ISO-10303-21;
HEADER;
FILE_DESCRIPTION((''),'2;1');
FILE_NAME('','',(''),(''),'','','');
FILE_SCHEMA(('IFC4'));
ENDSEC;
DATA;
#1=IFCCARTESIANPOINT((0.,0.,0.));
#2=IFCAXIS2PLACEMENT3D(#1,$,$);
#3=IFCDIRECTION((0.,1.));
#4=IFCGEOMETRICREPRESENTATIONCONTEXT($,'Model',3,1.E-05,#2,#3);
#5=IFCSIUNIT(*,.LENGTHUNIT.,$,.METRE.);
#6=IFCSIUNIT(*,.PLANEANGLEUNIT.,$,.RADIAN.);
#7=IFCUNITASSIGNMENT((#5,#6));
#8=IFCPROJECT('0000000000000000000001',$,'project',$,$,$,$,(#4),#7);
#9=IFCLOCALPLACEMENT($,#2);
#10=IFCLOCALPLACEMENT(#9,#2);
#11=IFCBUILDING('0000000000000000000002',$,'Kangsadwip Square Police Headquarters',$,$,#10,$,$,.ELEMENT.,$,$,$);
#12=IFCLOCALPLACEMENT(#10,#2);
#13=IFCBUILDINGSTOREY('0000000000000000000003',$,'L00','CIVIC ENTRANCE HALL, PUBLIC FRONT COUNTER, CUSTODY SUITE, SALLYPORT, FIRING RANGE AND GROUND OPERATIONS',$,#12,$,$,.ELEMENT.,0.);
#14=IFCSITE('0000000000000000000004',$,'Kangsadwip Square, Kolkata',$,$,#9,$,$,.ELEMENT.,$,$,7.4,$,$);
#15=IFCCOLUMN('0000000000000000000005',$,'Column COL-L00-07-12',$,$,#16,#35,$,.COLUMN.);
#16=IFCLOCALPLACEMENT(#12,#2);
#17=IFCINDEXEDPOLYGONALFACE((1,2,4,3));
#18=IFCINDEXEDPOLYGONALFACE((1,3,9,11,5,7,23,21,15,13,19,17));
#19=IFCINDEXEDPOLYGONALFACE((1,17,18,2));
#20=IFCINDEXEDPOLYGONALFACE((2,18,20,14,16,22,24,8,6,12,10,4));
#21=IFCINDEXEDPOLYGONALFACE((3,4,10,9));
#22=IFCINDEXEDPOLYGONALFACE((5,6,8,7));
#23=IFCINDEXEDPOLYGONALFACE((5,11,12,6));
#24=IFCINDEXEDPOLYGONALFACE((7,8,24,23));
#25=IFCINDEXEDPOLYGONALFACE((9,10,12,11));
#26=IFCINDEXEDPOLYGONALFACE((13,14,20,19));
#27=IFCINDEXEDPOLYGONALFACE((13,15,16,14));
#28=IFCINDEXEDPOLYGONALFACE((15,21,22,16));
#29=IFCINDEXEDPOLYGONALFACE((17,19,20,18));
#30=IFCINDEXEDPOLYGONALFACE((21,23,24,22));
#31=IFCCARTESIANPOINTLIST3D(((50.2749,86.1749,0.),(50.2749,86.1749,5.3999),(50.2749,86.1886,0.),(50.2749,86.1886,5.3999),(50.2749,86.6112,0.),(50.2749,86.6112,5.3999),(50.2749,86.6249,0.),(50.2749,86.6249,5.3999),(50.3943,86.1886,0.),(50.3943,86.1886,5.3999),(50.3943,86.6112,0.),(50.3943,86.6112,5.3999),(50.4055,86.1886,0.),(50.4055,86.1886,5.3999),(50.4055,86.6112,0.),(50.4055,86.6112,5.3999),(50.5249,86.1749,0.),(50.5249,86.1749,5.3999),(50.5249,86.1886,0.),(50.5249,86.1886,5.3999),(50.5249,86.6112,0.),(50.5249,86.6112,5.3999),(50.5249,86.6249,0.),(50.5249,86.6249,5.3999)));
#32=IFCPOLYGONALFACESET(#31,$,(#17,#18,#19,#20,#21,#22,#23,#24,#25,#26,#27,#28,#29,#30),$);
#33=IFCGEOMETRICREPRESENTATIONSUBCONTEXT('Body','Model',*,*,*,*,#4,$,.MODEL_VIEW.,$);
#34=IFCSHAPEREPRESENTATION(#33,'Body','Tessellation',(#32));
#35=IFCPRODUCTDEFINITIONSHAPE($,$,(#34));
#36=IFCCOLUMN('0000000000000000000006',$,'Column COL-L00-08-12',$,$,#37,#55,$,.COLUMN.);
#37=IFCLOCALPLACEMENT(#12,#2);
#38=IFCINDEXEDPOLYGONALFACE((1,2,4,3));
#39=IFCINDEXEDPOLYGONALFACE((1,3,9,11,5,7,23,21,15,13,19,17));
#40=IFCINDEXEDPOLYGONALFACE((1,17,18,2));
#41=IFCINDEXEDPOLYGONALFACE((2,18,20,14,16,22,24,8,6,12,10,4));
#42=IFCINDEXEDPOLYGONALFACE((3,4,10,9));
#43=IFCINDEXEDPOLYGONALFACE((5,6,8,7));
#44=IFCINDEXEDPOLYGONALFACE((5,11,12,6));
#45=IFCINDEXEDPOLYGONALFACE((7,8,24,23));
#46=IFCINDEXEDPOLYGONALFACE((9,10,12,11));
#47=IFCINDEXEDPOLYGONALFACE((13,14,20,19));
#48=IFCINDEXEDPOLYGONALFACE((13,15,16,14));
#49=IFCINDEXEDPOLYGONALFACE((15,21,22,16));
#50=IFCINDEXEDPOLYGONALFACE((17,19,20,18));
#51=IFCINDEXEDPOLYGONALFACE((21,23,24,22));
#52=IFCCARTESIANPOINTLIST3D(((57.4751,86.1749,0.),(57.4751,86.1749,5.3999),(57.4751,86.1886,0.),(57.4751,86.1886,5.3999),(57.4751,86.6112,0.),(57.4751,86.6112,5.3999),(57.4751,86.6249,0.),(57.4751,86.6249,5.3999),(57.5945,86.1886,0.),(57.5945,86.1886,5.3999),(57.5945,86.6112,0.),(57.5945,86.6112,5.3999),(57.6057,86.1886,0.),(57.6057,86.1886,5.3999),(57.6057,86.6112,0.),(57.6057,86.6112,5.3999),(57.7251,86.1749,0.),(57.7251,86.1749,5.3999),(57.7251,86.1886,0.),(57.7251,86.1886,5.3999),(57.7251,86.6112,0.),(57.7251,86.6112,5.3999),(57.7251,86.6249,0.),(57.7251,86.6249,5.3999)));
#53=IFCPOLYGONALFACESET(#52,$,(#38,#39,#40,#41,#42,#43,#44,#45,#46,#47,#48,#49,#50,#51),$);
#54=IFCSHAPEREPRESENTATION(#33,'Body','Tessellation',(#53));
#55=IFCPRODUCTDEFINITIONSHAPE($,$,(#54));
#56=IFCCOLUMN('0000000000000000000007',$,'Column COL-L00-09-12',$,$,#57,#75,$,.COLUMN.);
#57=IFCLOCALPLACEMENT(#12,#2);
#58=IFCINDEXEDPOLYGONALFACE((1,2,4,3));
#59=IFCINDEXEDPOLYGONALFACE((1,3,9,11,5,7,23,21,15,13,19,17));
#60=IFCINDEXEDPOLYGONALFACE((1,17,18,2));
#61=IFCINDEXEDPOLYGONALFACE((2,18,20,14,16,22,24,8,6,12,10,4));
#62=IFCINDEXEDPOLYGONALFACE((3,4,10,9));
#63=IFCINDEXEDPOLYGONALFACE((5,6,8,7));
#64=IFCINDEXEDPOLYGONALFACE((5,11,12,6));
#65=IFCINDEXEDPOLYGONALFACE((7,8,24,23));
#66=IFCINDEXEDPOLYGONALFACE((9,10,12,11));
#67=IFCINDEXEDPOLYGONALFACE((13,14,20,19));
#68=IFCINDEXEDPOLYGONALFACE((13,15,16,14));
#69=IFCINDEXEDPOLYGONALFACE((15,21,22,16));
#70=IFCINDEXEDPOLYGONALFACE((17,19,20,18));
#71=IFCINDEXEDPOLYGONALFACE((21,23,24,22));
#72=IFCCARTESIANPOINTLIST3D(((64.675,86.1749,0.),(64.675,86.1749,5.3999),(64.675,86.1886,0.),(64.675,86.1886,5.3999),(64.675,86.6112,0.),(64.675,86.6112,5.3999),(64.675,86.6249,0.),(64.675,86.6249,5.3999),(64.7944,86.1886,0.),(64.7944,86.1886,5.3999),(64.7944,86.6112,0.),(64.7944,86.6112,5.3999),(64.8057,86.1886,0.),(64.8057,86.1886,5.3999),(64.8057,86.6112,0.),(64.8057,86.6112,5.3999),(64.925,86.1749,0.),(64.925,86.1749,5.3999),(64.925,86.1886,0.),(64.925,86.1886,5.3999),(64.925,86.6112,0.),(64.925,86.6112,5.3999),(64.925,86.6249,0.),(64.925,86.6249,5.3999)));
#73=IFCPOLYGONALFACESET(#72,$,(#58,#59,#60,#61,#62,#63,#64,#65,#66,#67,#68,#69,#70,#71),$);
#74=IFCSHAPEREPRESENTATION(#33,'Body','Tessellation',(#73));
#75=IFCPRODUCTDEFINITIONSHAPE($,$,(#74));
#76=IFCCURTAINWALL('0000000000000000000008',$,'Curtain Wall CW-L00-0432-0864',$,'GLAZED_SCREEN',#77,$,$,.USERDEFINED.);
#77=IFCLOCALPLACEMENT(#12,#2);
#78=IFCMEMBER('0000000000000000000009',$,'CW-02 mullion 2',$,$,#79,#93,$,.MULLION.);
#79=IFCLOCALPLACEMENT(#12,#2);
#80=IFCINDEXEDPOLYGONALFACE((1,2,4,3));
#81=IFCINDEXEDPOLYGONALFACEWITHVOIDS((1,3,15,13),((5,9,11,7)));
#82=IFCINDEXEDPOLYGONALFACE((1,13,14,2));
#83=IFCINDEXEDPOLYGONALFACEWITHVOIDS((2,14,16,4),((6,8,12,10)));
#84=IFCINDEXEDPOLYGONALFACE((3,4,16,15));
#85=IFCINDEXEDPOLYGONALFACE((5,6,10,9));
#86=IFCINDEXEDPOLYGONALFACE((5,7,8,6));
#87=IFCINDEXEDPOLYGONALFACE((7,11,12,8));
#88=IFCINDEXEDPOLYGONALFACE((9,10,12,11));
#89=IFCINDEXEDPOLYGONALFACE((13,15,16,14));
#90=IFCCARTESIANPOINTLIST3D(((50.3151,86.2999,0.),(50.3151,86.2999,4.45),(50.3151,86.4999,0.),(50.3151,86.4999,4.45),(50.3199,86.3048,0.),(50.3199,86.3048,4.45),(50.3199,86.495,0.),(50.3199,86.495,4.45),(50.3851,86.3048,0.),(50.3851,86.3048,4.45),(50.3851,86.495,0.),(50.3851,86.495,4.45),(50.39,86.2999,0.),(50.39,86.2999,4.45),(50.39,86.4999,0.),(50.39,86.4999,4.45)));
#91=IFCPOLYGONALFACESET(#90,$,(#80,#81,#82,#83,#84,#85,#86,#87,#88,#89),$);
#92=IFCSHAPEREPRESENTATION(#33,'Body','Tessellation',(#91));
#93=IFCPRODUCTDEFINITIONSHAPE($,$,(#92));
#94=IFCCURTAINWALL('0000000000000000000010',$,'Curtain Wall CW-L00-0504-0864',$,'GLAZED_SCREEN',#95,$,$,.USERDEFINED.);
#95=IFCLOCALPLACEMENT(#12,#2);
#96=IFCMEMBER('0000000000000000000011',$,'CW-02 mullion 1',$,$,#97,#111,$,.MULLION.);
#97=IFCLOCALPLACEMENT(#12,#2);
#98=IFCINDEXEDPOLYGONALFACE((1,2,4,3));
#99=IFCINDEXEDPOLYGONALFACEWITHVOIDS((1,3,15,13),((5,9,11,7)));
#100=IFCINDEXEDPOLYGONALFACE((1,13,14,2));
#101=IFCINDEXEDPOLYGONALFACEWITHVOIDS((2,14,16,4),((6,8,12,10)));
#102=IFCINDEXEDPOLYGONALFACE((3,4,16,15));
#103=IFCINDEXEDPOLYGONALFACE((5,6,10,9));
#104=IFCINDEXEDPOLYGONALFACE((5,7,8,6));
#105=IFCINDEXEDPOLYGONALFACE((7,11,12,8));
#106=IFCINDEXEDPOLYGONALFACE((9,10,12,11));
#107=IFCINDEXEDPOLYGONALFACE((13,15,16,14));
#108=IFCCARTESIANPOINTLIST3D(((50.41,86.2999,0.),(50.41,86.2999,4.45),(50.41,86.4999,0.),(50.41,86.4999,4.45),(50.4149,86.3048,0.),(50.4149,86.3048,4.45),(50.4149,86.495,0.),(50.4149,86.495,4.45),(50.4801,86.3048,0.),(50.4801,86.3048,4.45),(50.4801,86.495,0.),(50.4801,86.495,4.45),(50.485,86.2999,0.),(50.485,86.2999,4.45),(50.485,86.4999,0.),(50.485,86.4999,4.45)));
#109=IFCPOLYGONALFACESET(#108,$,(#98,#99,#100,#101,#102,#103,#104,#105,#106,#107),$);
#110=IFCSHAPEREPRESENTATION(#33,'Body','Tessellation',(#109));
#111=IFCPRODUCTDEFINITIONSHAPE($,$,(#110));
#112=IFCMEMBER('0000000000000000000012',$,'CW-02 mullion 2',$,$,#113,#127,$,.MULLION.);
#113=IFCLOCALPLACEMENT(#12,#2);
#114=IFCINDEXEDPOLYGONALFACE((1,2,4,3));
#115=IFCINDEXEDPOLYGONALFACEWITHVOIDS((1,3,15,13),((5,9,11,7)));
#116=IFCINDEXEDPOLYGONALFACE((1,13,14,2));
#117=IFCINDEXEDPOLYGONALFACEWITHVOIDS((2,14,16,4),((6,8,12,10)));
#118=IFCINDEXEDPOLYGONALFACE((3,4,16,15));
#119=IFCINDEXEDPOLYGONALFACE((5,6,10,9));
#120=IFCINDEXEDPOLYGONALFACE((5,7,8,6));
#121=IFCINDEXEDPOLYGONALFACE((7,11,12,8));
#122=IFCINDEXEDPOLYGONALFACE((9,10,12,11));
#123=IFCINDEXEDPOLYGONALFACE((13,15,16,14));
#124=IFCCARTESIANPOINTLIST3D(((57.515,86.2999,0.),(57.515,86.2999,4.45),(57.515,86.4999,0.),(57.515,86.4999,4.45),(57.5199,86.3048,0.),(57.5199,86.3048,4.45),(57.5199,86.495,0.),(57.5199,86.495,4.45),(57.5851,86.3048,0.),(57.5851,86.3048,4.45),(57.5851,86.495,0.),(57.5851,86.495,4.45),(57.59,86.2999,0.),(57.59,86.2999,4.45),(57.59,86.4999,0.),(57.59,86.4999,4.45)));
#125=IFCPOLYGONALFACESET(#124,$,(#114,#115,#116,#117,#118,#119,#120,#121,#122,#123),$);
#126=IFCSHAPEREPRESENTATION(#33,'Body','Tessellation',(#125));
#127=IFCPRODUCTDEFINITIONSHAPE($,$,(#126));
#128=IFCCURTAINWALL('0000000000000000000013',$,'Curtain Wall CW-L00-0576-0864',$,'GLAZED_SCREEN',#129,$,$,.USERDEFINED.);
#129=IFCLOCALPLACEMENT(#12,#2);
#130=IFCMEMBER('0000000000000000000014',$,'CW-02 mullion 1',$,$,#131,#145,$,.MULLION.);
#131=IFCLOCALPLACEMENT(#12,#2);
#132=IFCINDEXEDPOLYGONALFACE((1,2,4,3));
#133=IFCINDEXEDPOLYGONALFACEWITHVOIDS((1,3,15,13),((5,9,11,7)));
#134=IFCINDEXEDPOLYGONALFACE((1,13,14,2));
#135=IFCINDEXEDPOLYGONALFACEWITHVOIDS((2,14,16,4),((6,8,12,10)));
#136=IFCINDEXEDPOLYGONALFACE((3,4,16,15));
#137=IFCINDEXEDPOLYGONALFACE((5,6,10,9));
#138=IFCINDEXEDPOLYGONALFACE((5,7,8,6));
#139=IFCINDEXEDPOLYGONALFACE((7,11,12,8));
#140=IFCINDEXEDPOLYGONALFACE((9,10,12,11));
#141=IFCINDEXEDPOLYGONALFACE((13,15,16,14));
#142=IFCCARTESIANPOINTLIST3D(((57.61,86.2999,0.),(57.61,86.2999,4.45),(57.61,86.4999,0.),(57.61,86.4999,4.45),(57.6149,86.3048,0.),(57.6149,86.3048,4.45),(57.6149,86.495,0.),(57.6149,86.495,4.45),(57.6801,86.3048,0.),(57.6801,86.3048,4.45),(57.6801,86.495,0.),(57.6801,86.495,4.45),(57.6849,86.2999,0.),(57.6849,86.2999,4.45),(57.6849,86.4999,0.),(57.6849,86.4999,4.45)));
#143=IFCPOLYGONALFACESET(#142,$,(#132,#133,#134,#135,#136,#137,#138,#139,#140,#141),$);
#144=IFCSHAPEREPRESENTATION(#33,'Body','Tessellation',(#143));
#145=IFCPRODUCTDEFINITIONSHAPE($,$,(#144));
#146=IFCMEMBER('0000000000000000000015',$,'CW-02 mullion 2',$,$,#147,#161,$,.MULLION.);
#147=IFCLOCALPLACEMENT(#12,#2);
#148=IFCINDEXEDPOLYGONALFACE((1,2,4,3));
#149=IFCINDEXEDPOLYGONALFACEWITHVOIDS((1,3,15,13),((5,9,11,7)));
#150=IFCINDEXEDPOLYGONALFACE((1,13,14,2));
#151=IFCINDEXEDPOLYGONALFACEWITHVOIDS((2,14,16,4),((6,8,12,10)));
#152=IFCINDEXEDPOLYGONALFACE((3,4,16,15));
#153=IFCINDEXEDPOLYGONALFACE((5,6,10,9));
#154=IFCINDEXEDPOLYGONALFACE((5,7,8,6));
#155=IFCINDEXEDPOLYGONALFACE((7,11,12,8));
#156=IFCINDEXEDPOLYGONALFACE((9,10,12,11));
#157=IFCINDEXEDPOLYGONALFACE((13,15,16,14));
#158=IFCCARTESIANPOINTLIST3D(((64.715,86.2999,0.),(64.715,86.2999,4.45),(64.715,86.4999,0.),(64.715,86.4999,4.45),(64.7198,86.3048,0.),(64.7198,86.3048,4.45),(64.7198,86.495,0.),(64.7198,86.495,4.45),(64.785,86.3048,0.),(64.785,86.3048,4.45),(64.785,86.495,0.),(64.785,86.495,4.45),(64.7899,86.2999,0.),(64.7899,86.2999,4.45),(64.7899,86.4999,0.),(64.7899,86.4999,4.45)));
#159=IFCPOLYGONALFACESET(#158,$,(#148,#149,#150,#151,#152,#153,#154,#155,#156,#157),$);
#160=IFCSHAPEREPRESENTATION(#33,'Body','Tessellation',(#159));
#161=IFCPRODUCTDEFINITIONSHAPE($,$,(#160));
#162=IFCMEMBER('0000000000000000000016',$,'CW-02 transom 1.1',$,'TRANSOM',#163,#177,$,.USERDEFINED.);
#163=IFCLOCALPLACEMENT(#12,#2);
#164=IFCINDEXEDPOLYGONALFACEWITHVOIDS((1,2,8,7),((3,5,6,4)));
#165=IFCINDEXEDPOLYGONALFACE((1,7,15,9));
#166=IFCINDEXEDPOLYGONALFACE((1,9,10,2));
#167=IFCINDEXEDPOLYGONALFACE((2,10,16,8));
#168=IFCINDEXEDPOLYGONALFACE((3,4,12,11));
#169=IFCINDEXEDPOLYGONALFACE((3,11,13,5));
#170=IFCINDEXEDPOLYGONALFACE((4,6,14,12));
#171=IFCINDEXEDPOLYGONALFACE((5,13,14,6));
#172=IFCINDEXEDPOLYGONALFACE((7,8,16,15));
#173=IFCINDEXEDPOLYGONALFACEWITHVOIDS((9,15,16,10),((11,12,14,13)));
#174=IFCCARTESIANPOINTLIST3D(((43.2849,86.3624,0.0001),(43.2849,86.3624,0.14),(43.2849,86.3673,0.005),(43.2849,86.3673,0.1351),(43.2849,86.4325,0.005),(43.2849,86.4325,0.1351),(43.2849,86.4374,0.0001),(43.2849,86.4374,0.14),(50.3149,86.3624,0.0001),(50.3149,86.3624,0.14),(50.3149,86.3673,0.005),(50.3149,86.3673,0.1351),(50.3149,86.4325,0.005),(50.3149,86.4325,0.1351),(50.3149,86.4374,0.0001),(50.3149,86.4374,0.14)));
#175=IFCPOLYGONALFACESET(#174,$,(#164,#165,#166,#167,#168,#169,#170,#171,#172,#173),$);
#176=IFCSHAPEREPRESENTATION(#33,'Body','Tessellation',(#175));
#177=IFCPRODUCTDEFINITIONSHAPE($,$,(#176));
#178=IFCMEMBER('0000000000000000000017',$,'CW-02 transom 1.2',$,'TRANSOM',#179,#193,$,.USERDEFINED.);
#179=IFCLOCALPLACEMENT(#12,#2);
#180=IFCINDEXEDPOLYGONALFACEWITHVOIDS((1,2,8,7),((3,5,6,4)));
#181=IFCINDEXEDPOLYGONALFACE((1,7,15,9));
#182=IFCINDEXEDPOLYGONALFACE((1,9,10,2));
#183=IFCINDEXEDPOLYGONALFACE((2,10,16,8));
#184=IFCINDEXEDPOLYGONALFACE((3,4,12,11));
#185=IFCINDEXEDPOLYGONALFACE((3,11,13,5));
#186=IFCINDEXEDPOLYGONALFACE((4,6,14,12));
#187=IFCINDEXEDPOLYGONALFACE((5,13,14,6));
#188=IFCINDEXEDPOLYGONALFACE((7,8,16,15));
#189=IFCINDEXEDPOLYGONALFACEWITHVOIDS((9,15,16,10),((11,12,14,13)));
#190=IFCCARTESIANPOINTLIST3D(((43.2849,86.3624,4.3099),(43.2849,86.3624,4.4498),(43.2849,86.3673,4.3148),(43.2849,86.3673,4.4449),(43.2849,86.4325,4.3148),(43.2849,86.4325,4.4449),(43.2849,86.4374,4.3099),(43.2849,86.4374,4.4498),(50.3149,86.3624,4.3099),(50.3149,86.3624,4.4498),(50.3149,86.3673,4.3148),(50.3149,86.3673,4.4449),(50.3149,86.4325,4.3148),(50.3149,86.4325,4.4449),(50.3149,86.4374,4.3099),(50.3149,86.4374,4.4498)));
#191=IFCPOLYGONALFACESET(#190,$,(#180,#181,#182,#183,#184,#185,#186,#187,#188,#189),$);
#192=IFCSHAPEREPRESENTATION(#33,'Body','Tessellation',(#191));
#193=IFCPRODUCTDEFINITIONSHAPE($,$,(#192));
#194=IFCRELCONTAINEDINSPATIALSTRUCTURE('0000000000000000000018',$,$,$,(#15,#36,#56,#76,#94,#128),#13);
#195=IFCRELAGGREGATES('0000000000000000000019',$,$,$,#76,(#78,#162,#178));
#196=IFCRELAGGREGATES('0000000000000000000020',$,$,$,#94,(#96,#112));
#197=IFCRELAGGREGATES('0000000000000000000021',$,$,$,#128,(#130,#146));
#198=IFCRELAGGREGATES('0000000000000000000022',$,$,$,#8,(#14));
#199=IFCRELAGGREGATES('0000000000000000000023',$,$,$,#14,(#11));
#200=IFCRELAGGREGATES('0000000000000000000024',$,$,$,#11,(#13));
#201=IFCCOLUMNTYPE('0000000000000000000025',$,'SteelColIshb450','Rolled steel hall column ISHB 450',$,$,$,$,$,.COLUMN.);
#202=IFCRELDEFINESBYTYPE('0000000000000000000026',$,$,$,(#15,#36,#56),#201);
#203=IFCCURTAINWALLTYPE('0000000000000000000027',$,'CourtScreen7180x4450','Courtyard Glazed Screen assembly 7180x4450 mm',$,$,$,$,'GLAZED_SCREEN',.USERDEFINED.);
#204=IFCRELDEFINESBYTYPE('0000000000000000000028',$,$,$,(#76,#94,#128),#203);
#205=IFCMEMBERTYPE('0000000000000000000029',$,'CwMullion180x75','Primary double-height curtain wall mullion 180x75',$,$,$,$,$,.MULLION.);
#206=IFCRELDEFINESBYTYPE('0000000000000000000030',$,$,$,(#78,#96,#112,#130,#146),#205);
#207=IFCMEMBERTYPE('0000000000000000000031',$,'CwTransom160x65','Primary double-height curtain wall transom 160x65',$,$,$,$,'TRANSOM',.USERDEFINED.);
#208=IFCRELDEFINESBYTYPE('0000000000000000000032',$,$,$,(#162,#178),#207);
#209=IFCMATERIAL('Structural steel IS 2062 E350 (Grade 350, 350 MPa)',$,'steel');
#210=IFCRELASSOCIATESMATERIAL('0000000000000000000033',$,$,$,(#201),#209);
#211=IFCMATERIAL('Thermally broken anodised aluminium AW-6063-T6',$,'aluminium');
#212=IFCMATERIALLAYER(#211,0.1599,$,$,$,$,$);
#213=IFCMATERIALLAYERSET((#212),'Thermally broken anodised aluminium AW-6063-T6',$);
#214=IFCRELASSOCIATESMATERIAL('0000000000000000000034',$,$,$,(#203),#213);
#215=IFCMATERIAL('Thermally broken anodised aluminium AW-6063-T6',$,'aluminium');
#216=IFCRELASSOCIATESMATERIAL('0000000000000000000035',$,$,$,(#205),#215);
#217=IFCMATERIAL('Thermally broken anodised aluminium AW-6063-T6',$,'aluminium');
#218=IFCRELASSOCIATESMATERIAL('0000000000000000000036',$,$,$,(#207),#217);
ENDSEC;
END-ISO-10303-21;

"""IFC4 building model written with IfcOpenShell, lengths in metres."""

from ifc_helpers import new_model, si_unit, direction, frame, origin, origin_2d, place, context, subcontext, project, spatial, hollow_rectangle, i_section, extrude, material, layer, layer_set, material_profile, profile_set, type_object, element, aggregate, save


model = new_model("IFC4")

# Units and contexts
model_context = context("Model", 3, precision=1e-05, world=origin(), true_north=direction((0.0, 1.0)))
body_context = subcontext(model_context, "Body", "Model", "MODEL_VIEW")
ifc_project = project(units=[si_unit("LENGTHUNIT", "METRE"), si_unit("PLANEANGLEUNIT", "RADIAN")], contexts=[model_context])

# Site, building, storey
site_placement = place(None, origin())
site = spatial("IfcSite", under=ifc_project, at=site_placement, Name="Kangsadwip Square, Kolkata", CompositionType="ELEMENT", RefElevation=7.4)
building_placement = place(site_placement, origin())
building = spatial("IfcBuilding", under=site, at=building_placement, Name="Kangsadwip Square Police Headquarters", CompositionType="ELEMENT")
storey_placement = place(building_placement, origin())
storey = spatial("IfcBuildingStorey", under=building, at=storey_placement, Name="L00", Description="CIVIC ENTRANCE HALL, PUBLIC FRONT COUNTER, CUSTODY SUITE, SALLYPORT, FIRING RANGE AND GROUND OPERATIONS", CompositionType="ELEMENT", Elevation=0.0)

# Columns
ifc_material_1 = material(Name="Structural steel IS 2062 E350 (Grade 350, 350 MPa)", Category="steel")
ifc_material_profile_1 = material_profile(ifc_material_1, i_section(OverallWidth=0.25, OverallDepth=0.45, WebThickness=0.0112, FlangeThickness=0.0137, at=origin_2d()), Name="ISHB 450")
ifc_profile_set_1 = profile_set([ifc_material_profile_1], Name="Structural steel IS 2062 E350 (Grade 350, 350 MPa)")
column_type = type_object("IfcColumnType", Name="SteelColIshb450", Description="Rolled steel hall column ISHB 450", PredefinedType="COLUMN", material=ifc_profile_set_1)
for number, where, z_axis, x_axis, name in (
    (1, (50.3999, 86.3999, 0.0), (0.0, 0.0, 1.0), (1.0, 0.0, 0.0), "Column COL-L00-07-12"),
    (2, (57.6001, 86.3999, 0.0), (0.0, 0.0, 1.0), (1.0, 0.0, 0.0), "Column COL-L00-08-12"),
    (3, (64.8, 86.3999, 0.0), (0.0, 0.0, 1.0), (1.0, 0.0, 0.0), "Column COL-L00-09-12"),
):
    element("IfcColumn", number, at=place(storey_placement, frame(where, z_axis=z_axis, x_axis=x_axis)), inside=storey, type_object=column_type, Name=name, PredefinedType="COLUMN", context=body_context, shape_type="SweptSolid", body=[
        extrude(i_section(OverallWidth=0.25, OverallDepth=0.45, WebThickness=0.0112, FlangeThickness=0.0137, at=origin_2d()), origin(), (0.0, 0.0, 1.0), 5.3999),
    ])

# Curtain wall, member
ifc_material_2 = material(Name="Thermally broken anodised aluminium AW-6063-T6", Category="aluminium")
ifc_layer_1 = layer(ifc_material_2, 0.1599)
ifc_layer_set_1 = layer_set([ifc_layer_1], Name="Thermally broken anodised aluminium AW-6063-T6")
curtain_wall_type = type_object("IfcCurtainWallType", Name="CourtScreen7180x4450", Description="Courtyard Glazed Screen assembly 7180x4450 mm", ElementType="GLAZED_SCREEN", PredefinedType="USERDEFINED", material=ifc_layer_set_1)
curtain_wall_1_placement = place(storey_placement, origin())
curtain_wall_1 = element("IfcCurtainWall", 4, at=curtain_wall_1_placement, inside=storey, type_object=curtain_wall_type, Name="Curtain Wall CW-L00-0432-0864", ObjectType="GLAZED_SCREEN", PredefinedType="USERDEFINED")
ifc_material_3 = material(Name="Thermally broken anodised aluminium AW-6063-T6", Category="aluminium")
ifc_material_profile_2 = material_profile(ifc_material_3, hollow_rectangle(XDim=0.075, YDim=0.2, WallThickness=0.0049, at=origin_2d()), Name="CWM 200X75X5")
ifc_profile_set_2 = profile_set([ifc_material_profile_2], Name="Thermally broken anodised aluminium AW-6063-T6")
member_type_1 = type_object("IfcMemberType", Name="CwMullion180x75", Description="Primary double-height curtain wall mullion 180x75", PredefinedType="MULLION", material=ifc_profile_set_2)
member_1_placement = place(storey_placement, frame((50.3525, 86.3999, 0.0), z_axis=(0.0, 0.0, 1.0), x_axis=(1.0, 0.0, 0.0)))
member_1 = element("IfcMember", 5, at=member_1_placement, type_object=member_type_1, Name="CW-02 mullion 2", PredefinedType="MULLION", context=body_context, shape_type="SweptSolid", body=[
    extrude(hollow_rectangle(XDim=0.075, YDim=0.2, WallThickness=0.0049, at=origin_2d()), origin(), (0.0, 0.0, 1.0), 4.45),
])

# Curtain walls, members
curtain_wall_2_placement = place(storey_placement, origin())
curtain_wall_2 = element("IfcCurtainWall", 6, at=curtain_wall_2_placement, inside=storey, type_object=curtain_wall_type, Name="Curtain Wall CW-L00-0504-0864", ObjectType="GLAZED_SCREEN", PredefinedType="USERDEFINED")
member_2_placement = place(storey_placement, frame((50.4475, 86.3999, 0.0), z_axis=(0.0, 0.0, 1.0), x_axis=(1.0, 0.0, 0.0)))
member_2 = element("IfcMember", 7, at=member_2_placement, type_object=member_type_1, Name="CW-02 mullion 1", PredefinedType="MULLION", context=body_context, shape_type="SweptSolid", body=[
    extrude(hollow_rectangle(XDim=0.075, YDim=0.2, WallThickness=0.0049, at=origin_2d()), origin(), (0.0, 0.0, 1.0), 4.45),
])
member_3_placement = place(storey_placement, frame((57.5525, 86.3999, 0.0), z_axis=(0.0, 0.0, 1.0), x_axis=(1.0, 0.0, 0.0)))
member_3 = element("IfcMember", 8, at=member_3_placement, type_object=member_type_1, Name="CW-02 mullion 2", PredefinedType="MULLION", context=body_context, shape_type="SweptSolid", body=[
    extrude(hollow_rectangle(XDim=0.075, YDim=0.2, WallThickness=0.0049, at=origin_2d()), origin(), (0.0, 0.0, 1.0), 4.45),
])
curtain_wall_3_placement = place(storey_placement, origin())
curtain_wall_3 = element("IfcCurtainWall", 9, at=curtain_wall_3_placement, inside=storey, type_object=curtain_wall_type, Name="Curtain Wall CW-L00-0576-0864", ObjectType="GLAZED_SCREEN", PredefinedType="USERDEFINED")
member_4_placement = place(storey_placement, frame((57.6475, 86.3999, 0.0), z_axis=(0.0, 0.0, 1.0), x_axis=(1.0, 0.0, 0.0)))
member_4 = element("IfcMember", 10, at=member_4_placement, type_object=member_type_1, Name="CW-02 mullion 1", PredefinedType="MULLION", context=body_context, shape_type="SweptSolid", body=[
    extrude(hollow_rectangle(XDim=0.075, YDim=0.2, WallThickness=0.0049, at=origin_2d()), origin(), (0.0, 0.0, 1.0), 4.45),
])
member_5_placement = place(storey_placement, frame((64.7524, 86.3999, 0.0), z_axis=(0.0, 0.0, 1.0), x_axis=(1.0, 0.0, 0.0)))
member_5 = element("IfcMember", 11, at=member_5_placement, type_object=member_type_1, Name="CW-02 mullion 2", PredefinedType="MULLION", context=body_context, shape_type="SweptSolid", body=[
    extrude(hollow_rectangle(XDim=0.075, YDim=0.2, WallThickness=0.0049, at=origin_2d()), origin(), (0.0, 0.0, 1.0), 4.45),
])

# Members
ifc_material_4 = material(Name="Thermally broken anodised aluminium AW-6063-T6", Category="aluminium")
ifc_material_profile_3 = material_profile(ifc_material_4, hollow_rectangle(XDim=0.075, YDim=0.1399, WallThickness=0.0049, at=origin_2d()), Name="CWT 140X75X5")
ifc_profile_set_3 = profile_set([ifc_material_profile_3], Name="Thermally broken anodised aluminium AW-6063-T6")
member_type_2 = type_object("IfcMemberType", Name="CwTransom160x65", Description="Primary double-height curtain wall transom 160x65", ElementType="TRANSOM", PredefinedType="USERDEFINED", material=ifc_profile_set_3)
member_6_placement = place(storey_placement, frame((43.2849, 86.3999, 0.0701), z_axis=(1.0, 0.0, 0.0), x_axis=(0.0, 1.0, 0.0)))
member_6 = element("IfcMember", 12, at=member_6_placement, type_object=member_type_2, Name="CW-02 transom 1.1", ObjectType="TRANSOM", PredefinedType="USERDEFINED", context=body_context, shape_type="SweptSolid", body=[
    extrude(hollow_rectangle(XDim=0.075, YDim=0.1399, WallThickness=0.0049, at=origin_2d()), origin(), (0.0, 0.0, 1.0), 7.03),
])
member_7_placement = place(storey_placement, frame((43.2849, 86.3999, 4.3799), z_axis=(1.0, 0.0, 0.0), x_axis=(0.0, 1.0, 0.0)))
member_7 = element("IfcMember", 13, at=member_7_placement, type_object=member_type_2, Name="CW-02 transom 1.2", ObjectType="TRANSOM", PredefinedType="USERDEFINED", context=body_context, shape_type="SweptSolid", body=[
    extrude(hollow_rectangle(XDim=0.075, YDim=0.1399, WallThickness=0.0049, at=origin_2d()), origin(), (0.0, 0.0, 1.0), 7.03),
])

aggregate(curtain_wall_1, [member_1, member_6, member_7])
aggregate(curtain_wall_2, [member_2, member_3])
aggregate(curtain_wall_3, [member_4, member_5])

save(model, "model.ifc")
